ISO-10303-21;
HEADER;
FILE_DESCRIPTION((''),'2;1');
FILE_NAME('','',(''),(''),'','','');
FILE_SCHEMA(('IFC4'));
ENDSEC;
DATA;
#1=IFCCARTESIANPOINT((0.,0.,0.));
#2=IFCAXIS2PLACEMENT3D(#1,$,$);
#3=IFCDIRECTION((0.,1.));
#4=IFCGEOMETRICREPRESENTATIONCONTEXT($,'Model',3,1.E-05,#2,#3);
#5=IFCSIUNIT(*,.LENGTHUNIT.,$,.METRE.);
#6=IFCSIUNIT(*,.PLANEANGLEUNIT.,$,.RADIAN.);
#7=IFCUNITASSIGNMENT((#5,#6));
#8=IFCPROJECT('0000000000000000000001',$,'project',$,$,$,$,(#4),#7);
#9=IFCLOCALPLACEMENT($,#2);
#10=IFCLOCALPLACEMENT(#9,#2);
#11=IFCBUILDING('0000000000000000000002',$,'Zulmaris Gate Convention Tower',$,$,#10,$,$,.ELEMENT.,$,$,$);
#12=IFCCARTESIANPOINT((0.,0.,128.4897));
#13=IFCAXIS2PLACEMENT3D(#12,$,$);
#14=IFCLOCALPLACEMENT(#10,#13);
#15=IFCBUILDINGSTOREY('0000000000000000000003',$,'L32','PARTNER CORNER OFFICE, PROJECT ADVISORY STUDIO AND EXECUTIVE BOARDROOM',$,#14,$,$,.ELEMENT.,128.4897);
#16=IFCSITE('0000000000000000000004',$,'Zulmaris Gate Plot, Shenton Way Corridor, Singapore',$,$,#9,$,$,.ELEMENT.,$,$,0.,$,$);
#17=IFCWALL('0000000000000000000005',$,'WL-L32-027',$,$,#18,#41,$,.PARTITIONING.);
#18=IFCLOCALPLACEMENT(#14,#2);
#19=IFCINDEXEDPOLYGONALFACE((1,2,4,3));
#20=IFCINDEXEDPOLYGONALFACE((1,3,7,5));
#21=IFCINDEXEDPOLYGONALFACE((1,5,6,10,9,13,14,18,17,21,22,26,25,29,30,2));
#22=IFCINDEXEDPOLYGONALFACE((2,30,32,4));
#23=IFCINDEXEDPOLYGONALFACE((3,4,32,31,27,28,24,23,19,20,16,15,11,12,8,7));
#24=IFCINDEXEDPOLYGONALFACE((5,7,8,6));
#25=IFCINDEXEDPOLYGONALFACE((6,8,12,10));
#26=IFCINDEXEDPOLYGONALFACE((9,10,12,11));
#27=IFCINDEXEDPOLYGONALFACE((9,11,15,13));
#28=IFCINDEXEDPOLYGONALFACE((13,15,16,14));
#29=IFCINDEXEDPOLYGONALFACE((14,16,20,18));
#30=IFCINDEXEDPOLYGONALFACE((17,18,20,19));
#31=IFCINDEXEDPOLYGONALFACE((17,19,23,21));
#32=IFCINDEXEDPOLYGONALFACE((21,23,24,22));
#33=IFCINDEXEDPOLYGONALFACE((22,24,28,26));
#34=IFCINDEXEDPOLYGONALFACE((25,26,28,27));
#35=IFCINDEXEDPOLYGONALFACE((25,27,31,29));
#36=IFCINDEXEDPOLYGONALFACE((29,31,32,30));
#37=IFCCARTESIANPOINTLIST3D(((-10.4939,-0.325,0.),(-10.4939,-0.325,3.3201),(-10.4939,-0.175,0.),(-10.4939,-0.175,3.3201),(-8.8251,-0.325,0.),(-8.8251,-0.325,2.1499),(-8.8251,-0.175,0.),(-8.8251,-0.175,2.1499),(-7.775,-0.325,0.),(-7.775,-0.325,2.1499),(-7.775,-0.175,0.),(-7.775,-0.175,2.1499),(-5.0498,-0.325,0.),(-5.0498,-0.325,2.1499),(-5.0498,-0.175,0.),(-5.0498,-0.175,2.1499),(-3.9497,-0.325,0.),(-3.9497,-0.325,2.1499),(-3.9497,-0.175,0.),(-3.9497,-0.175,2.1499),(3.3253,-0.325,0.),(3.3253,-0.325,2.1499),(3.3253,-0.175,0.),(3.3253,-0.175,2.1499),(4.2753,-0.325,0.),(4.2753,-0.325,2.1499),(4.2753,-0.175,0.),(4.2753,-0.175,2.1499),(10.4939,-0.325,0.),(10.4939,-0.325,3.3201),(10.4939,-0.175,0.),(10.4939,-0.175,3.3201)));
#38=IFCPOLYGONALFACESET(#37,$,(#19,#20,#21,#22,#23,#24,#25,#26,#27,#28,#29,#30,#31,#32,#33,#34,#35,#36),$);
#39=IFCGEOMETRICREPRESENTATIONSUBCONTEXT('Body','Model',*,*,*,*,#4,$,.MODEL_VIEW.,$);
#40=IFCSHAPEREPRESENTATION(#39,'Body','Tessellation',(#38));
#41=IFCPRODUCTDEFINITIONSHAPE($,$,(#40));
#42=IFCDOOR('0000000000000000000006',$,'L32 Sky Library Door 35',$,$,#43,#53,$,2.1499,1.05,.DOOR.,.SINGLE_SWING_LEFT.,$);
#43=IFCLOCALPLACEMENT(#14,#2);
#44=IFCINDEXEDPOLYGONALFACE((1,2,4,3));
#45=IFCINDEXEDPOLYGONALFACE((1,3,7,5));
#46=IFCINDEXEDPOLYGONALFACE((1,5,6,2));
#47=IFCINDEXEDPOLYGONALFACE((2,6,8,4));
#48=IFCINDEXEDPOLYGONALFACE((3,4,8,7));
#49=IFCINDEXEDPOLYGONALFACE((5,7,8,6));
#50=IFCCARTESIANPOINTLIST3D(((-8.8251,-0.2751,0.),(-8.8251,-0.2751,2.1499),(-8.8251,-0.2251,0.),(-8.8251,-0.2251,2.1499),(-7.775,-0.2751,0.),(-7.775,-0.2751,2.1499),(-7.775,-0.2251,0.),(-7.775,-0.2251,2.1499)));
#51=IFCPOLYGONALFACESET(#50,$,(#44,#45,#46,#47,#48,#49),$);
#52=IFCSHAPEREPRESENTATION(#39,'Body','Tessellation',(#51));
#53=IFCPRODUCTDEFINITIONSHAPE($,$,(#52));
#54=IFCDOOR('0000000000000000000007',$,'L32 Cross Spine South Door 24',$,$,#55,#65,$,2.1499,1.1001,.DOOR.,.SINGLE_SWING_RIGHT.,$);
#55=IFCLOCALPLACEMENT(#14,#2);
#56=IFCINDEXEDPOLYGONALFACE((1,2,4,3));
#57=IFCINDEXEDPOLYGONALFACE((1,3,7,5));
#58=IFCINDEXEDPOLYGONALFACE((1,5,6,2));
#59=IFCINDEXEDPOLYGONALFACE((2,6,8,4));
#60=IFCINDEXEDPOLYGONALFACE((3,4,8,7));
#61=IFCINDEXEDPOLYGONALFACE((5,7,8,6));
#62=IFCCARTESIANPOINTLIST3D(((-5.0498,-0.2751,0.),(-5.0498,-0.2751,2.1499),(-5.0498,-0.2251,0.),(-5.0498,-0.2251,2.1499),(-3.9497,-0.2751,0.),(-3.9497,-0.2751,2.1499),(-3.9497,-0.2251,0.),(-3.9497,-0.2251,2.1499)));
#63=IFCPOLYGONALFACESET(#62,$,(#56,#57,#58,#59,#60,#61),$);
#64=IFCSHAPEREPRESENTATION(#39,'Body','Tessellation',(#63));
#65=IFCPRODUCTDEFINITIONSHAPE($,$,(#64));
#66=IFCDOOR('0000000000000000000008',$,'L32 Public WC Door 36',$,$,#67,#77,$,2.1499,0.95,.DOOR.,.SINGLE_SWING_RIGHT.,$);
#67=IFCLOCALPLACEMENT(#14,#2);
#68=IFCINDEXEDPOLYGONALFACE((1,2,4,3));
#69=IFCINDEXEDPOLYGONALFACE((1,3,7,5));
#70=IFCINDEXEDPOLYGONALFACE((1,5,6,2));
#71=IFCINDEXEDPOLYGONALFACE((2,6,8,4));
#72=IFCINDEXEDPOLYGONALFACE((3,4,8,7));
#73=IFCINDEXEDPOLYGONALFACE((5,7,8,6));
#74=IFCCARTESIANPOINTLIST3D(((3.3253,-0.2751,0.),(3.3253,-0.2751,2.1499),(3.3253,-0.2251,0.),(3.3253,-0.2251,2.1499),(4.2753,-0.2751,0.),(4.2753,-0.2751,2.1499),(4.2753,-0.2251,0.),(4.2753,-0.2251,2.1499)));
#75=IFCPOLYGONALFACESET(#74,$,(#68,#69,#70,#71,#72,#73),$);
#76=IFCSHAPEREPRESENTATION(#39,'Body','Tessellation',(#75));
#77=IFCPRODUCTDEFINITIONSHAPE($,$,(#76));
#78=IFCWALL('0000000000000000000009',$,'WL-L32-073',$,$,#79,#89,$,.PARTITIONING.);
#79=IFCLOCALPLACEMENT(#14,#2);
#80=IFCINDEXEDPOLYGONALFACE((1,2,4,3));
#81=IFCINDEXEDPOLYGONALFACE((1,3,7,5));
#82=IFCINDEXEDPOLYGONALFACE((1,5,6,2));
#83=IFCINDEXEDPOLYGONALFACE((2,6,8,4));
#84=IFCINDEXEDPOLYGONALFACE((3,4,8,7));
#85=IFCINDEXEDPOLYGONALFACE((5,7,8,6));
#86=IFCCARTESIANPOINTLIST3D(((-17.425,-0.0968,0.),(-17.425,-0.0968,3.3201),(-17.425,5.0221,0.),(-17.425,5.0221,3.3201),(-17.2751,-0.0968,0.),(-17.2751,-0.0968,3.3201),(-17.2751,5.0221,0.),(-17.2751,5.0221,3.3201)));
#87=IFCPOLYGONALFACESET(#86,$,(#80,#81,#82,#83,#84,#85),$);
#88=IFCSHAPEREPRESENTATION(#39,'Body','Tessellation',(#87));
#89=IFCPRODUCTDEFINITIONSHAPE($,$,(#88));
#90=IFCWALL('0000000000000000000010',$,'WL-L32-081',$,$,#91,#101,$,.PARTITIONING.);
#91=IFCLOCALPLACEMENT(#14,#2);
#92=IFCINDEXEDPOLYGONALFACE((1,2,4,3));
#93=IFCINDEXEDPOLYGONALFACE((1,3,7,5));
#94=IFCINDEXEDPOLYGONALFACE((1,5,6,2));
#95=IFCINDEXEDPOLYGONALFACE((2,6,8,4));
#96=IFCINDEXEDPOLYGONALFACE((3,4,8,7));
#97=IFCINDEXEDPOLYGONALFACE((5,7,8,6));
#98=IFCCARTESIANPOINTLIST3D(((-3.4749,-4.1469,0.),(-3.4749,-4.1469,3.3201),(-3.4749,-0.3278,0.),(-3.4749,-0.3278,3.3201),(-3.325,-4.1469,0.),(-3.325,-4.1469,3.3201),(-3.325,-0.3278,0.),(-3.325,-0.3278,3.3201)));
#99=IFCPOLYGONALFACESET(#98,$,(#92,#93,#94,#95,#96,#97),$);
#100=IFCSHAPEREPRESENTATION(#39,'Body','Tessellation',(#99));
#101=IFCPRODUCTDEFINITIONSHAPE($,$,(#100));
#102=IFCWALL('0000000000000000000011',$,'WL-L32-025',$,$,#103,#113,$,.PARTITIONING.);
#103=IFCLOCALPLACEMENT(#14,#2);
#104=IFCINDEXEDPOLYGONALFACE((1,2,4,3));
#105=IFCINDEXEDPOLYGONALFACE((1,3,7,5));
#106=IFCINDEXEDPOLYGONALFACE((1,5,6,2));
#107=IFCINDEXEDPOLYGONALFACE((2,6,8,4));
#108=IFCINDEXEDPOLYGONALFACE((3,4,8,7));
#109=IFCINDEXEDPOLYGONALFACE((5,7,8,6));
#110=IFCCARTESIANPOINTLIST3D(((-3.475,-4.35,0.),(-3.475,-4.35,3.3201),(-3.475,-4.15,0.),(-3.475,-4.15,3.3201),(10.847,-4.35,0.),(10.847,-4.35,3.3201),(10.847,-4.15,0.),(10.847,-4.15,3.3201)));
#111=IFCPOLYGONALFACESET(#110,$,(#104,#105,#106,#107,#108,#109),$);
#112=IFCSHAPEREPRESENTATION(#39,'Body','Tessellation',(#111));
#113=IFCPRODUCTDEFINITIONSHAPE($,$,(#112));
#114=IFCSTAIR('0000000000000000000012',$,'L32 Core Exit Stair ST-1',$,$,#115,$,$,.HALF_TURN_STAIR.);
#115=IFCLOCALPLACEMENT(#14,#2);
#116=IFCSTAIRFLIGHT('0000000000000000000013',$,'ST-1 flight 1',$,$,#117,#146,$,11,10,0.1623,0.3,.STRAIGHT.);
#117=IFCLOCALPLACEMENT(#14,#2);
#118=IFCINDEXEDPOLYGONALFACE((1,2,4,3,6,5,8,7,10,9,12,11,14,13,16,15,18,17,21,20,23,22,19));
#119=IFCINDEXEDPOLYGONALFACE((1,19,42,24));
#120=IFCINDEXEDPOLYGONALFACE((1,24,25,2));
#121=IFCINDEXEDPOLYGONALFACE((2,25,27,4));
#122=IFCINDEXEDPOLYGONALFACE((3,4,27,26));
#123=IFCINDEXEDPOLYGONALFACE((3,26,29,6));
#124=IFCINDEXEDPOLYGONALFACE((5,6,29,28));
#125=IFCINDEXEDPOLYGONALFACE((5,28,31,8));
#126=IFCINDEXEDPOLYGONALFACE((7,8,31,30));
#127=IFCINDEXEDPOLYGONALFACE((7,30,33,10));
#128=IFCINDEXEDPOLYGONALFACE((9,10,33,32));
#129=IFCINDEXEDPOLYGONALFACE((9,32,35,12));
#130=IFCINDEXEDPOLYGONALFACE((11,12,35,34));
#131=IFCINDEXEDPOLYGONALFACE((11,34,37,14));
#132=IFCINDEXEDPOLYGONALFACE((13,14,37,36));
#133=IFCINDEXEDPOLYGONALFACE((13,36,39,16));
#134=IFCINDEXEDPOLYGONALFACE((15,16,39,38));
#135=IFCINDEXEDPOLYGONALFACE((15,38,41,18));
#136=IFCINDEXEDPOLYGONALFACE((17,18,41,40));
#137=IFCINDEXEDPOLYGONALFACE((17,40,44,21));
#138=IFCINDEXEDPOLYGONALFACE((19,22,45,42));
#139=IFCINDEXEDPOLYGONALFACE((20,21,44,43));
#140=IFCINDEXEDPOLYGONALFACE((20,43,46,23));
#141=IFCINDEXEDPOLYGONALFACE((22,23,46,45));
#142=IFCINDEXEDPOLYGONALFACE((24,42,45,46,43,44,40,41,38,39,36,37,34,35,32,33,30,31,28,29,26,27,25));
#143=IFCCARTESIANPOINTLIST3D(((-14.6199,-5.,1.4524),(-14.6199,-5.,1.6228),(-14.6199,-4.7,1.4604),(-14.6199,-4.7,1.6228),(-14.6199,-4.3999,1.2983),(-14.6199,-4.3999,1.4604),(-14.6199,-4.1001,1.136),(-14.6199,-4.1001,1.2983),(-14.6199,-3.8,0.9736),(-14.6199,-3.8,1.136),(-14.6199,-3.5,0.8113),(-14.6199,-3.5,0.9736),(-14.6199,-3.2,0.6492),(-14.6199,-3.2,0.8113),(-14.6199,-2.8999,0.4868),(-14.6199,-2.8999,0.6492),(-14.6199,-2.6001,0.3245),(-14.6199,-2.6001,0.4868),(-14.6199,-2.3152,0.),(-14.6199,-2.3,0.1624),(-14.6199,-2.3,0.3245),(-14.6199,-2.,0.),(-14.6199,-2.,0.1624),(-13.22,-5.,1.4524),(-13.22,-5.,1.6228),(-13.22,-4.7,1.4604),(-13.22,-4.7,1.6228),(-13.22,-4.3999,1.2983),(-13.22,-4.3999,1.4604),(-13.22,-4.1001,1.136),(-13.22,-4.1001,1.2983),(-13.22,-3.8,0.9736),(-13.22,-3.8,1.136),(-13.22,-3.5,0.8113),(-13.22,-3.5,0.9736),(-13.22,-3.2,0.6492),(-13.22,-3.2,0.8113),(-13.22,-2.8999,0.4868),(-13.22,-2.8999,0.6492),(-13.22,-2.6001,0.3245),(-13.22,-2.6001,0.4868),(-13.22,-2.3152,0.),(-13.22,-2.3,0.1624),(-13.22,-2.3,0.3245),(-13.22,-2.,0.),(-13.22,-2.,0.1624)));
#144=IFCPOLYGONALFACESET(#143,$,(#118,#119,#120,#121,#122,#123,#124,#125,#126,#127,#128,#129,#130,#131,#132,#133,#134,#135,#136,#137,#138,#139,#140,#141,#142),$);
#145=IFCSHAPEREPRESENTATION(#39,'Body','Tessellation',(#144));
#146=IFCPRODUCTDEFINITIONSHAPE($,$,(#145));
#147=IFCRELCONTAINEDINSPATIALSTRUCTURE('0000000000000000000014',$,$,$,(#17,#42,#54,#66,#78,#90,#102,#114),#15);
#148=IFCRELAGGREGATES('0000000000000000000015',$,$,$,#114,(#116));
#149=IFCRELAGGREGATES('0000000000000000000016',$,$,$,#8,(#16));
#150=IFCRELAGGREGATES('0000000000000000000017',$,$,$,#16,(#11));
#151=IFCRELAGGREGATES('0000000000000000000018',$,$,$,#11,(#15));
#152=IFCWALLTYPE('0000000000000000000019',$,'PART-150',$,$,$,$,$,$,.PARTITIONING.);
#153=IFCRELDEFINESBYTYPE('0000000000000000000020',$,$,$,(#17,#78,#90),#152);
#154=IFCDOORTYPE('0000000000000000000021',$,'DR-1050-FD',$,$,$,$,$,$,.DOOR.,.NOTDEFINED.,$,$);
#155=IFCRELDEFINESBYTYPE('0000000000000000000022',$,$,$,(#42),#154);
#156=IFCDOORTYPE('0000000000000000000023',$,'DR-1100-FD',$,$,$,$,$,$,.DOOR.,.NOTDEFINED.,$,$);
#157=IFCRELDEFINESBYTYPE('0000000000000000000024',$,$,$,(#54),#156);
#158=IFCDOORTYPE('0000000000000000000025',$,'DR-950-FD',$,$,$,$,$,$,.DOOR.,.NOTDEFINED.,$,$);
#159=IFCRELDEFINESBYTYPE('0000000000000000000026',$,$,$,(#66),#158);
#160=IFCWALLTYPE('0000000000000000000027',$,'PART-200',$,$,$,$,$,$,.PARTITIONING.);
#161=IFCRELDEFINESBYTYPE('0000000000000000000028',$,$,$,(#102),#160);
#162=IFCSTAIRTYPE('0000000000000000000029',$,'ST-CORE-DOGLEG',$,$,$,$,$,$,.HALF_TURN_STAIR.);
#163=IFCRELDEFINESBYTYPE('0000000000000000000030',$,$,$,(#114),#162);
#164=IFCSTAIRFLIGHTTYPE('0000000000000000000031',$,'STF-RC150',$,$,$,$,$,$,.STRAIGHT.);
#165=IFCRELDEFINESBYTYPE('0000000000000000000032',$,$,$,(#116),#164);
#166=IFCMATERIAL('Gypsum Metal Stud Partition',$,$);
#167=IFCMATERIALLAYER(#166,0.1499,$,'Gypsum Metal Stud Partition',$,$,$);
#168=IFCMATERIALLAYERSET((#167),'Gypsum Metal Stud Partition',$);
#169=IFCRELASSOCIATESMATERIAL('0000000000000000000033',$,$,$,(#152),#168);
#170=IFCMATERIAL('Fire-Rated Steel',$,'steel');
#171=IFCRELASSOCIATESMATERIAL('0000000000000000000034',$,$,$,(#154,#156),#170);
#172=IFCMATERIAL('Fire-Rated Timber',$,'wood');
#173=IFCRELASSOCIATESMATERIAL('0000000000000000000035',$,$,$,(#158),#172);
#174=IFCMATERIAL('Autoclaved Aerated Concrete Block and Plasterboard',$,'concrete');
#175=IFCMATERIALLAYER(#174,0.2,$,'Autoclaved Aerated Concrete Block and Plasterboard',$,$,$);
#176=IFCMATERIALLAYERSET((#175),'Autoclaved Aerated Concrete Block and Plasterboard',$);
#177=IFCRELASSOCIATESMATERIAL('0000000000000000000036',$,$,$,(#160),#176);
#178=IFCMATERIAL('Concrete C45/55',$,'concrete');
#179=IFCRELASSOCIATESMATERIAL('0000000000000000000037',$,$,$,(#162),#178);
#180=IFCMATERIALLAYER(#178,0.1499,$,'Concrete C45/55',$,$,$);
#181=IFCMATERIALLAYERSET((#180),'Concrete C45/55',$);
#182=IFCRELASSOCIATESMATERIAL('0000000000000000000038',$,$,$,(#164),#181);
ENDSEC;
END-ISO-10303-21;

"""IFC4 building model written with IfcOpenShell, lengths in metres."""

from ifc_helpers import new_model, si_unit, direction, frame, frame_2d, origin, place, context, subcontext, project, spatial, polyline, rectangle, outline, extrude, material, layer, layer_set, type_object, element, fill, aggregate, save


model = new_model("IFC4")

# Units and contexts
model_context = context("Model", 3, precision=1e-05, world=origin(), true_north=direction((0.0, 1.0)))
body_context = subcontext(model_context, "Body", "Model", "MODEL_VIEW")
ifc_project = project(units=[si_unit("LENGTHUNIT", "METRE"), si_unit("PLANEANGLEUNIT", "RADIAN")], contexts=[model_context])

# Site, building, storey
site_placement = place(None, origin())
site = spatial("IfcSite", under=ifc_project, at=site_placement, Name="Zulmaris Gate Plot, Shenton Way Corridor, Singapore", CompositionType="ELEMENT", RefElevation=0.0)
building_placement = place(site_placement, origin())
building = spatial("IfcBuilding", under=site, at=building_placement, Name="Zulmaris Gate Convention Tower", CompositionType="ELEMENT")
storey_placement = place(building_placement, frame((0.0, 0.0, 128.4897)))
storey = spatial("IfcBuildingStorey", under=building, at=storey_placement, Name="L32", Description="PARTNER CORNER OFFICE, PROJECT ADVISORY STUDIO AND EXECUTIVE BOARDROOM", CompositionType="ELEMENT", Elevation=128.4897)

# Wall, openings, doors
ifc_material_1 = material(Name="Gypsum Metal Stud Partition")
ifc_layer_1 = layer(ifc_material_1, 0.1499, Name="Gypsum Metal Stud Partition")
ifc_layer_set_1 = layer_set([ifc_layer_1], Name="Gypsum Metal Stud Partition")
wall_type_1 = type_object("IfcWallType", Name="PART-150", PredefinedType="PARTITIONING", material=ifc_layer_set_1)
wall_1_placement = place(storey_placement, frame((-10.4939, -0.25, 0.0), z_axis=(0.0, 0.0, 1.0), x_axis=(1.0, 0.0, 0.0)))
wall_1 = element("IfcWall", 1, at=wall_1_placement, inside=storey, type_object=wall_type_1, Name="WL-L32-027", PredefinedType="PARTITIONING", context=body_context, shape_type="SweptSolid", body=[
    extrude(rectangle(XDim=20.9878, YDim=0.1499, at=frame_2d((10.4939, 0.0))), origin(), (0.0, 0.0, 1.0), 3.3201),
])
opening_1_placement = place(wall_1_placement, frame((5.4441, 0.0, 0.0)))
opening_1 = element("IfcOpeningElement", 2, at=opening_1_placement, cuts=wall_1, PredefinedType="OPENING", context=body_context, shape_type="SweptSolid", body=[
    extrude(rectangle(XDim=1.1001, YDim=2.1499, at=frame_2d((0.55, 1.075))), frame((0.0, 0.085, 0.0), z_axis=(0.0, -1.0, 0.0), x_axis=(1.0, 0.0, 0.0)), (0.0, 0.0, 1.0), 0.1699),
])
opening_2_placement = place(wall_1_placement, frame((1.6689, 0.0, 0.0)))
opening_2 = element("IfcOpeningElement", 3, at=opening_2_placement, cuts=wall_1, PredefinedType="OPENING", context=body_context, shape_type="SweptSolid", body=[
    extrude(rectangle(XDim=1.05, YDim=2.1499, at=frame_2d((0.5249, 1.075))), frame((0.0, 0.085, 0.0), z_axis=(0.0, -1.0, 0.0), x_axis=(1.0, 0.0, 0.0)), (0.0, 0.0, 1.0), 0.1699),
])
opening_3_placement = place(wall_1_placement, frame((13.8191, 0.0, 0.0)))
opening_3 = element("IfcOpeningElement", 4, at=opening_3_placement, cuts=wall_1, PredefinedType="OPENING", context=body_context, shape_type="SweptSolid", body=[
    extrude(rectangle(XDim=0.95, YDim=2.1499, at=frame_2d((0.4751, 1.075))), frame((0.0, 0.085, 0.0), z_axis=(0.0, -1.0, 0.0), x_axis=(1.0, 0.0, 0.0)), (0.0, 0.0, 1.0), 0.1699),
])
ifc_material_2 = material(Name="Fire-Rated Steel", Category="steel")
door_type_1 = type_object("IfcDoorType", Name="DR-1050-FD", OperationType="NOTDEFINED", PredefinedType="DOOR", material=ifc_material_2)
door_1_placement = place(opening_2_placement, origin())
door_1 = element("IfcDoor", 5, at=door_1_placement, inside=storey, type_object=door_type_1, Name="L32 Sky Library Door 35", OperationType="SINGLE_SWING_LEFT", OverallHeight=2.1499, OverallWidth=1.05, PredefinedType="DOOR", context=body_context, shape_type="SweptSolid", body=[
    extrude(rectangle(XDim=1.05, YDim=2.1499, at=frame_2d((0.5249, 1.075))), frame((0.0, 0.0249, 0.0), z_axis=(0.0, -1.0, 0.0), x_axis=(1.0, 0.0, 0.0)), (0.0, 0.0, 1.0), 0.05),
])
fill(opening_2, door_1)
door_type_2 = type_object("IfcDoorType", Name="DR-1100-FD", OperationType="NOTDEFINED", PredefinedType="DOOR", material=ifc_material_2)
door_2_placement = place(opening_1_placement, origin())
door_2 = element("IfcDoor", 6, at=door_2_placement, inside=storey, type_object=door_type_2, Name="L32 Cross Spine South Door 24", OperationType="SINGLE_SWING_RIGHT", OverallHeight=2.1499, OverallWidth=1.1001, PredefinedType="DOOR", context=body_context, shape_type="SweptSolid", body=[
    extrude(rectangle(XDim=1.1001, YDim=2.1499, at=frame_2d((0.55, 1.075))), frame((0.0, 0.0249, 0.0), z_axis=(0.0, -1.0, 0.0), x_axis=(1.0, 0.0, 0.0)), (0.0, 0.0, 1.0), 0.05),
])
fill(opening_1, door_2)
ifc_material_3 = material(Name="Fire-Rated Timber", Category="wood")
door_type_3 = type_object("IfcDoorType", Name="DR-950-FD", OperationType="NOTDEFINED", PredefinedType="DOOR", material=ifc_material_3)
door_3_placement = place(opening_3_placement, origin())
door_3 = element("IfcDoor", 7, at=door_3_placement, inside=storey, type_object=door_type_3, Name="L32 Public WC Door 36", OperationType="SINGLE_SWING_RIGHT", OverallHeight=2.1499, OverallWidth=0.95, PredefinedType="DOOR", context=body_context, shape_type="SweptSolid", body=[
    extrude(rectangle(XDim=0.95, YDim=2.1499, at=frame_2d((0.4751, 1.075))), frame((0.0, 0.0249, 0.0), z_axis=(0.0, -1.0, 0.0), x_axis=(1.0, 0.0, 0.0)), (0.0, 0.0, 1.0), 0.05),
])
fill(opening_3, door_3)

# Walls
wall_2_placement = place(storey_placement, frame((-17.3501, -0.0969, 0.0), z_axis=(0.0, 0.0, 1.0), x_axis=(0.0, 1.0, 0.0)))
element("IfcWall", 8, at=wall_2_placement, inside=storey, type_object=wall_type_1, Name="WL-L32-073", PredefinedType="PARTITIONING", context=body_context, shape_type="SweptSolid", body=[
    extrude(rectangle(XDim=5.1189, YDim=0.1499, at=frame_2d((2.5596, 0.0))), origin(), (0.0, 0.0, 1.0), 3.3201),
])
wall_3_placement = place(storey_placement, frame((-3.3999, -4.147, 0.0), z_axis=(0.0, 0.0, 1.0), x_axis=(0.0, 1.0, 0.0)))
element("IfcWall", 9, at=wall_3_placement, inside=storey, type_object=wall_type_1, Name="WL-L32-081", PredefinedType="PARTITIONING", context=body_context, shape_type="SweptSolid", body=[
    extrude(rectangle(XDim=3.8191, YDim=0.1499, at=frame_2d((1.9097, 0.0))), origin(), (0.0, 0.0, 1.0), 3.3201),
])
ifc_material_4 = material(Name="Autoclaved Aerated Concrete Block and Plasterboard", Category="concrete")
ifc_layer_2 = layer(ifc_material_4, 0.2, Name="Autoclaved Aerated Concrete Block and Plasterboard")
ifc_layer_set_2 = layer_set([ifc_layer_2], Name="Autoclaved Aerated Concrete Block and Plasterboard")
wall_type_2 = type_object("IfcWallType", Name="PART-200", PredefinedType="PARTITIONING", material=ifc_layer_set_2)
wall_4_placement = place(storey_placement, frame((-3.4751, -4.25, 0.0), z_axis=(0.0, 0.0, 1.0), x_axis=(1.0, 0.0, 0.0)))
element("IfcWall", 10, at=wall_4_placement, inside=storey, type_object=wall_type_2, Name="WL-L32-025", PredefinedType="PARTITIONING", context=body_context, shape_type="SweptSolid", body=[
    extrude(rectangle(XDim=14.322, YDim=0.2, at=frame_2d((7.1611, 0.0))), origin(), (0.0, 0.0, 1.0), 3.3201),
])

# Stair, stair flight
ifc_material_5 = material(Name="Concrete C45/55", Category="concrete")
stair_type = type_object("IfcStairType", Name="ST-CORE-DOGLEG", PredefinedType="HALF_TURN_STAIR", material=ifc_material_5)
stair_1_placement = place(storey_placement, origin())
stair_1 = element("IfcStair", 11, at=stair_1_placement, inside=storey, type_object=stair_type, Name="L32 Core Exit Stair ST-1", PredefinedType="HALF_TURN_STAIR")
ifc_layer_3 = layer(ifc_material_5, 0.1499, Name="Concrete C45/55")
ifc_layer_set_3 = layer_set([ifc_layer_3], Name="Concrete C45/55")
stair_flight_type = type_object("IfcStairFlightType", Name="STF-RC150", PredefinedType="STRAIGHT", material=ifc_layer_set_3)
stair_flight_1_placement = place(storey_placement, frame((-13.9199, -2.0, 0.0), z_axis=(0.0, 0.0, 1.0), x_axis=(0.0, -1.0, 0.0)))
stair_flight_1 = element("IfcStairFlight", 12, at=stair_flight_1_placement, type_object=stair_flight_type, Name="ST-1 flight 1", NumberOfRisers=11, NumberOfTreads=10, PredefinedType="STRAIGHT", RiserHeight=0.1623, TreadLength=0.3, context=body_context, shape_type="SweptSolid", body=[
    extrude(outline(polyline([(0.0, 0.0), (0.0, 0.1624), (0.3, 0.1624), (0.3, 0.3245), (0.6001, 0.3245), (0.6001, 0.4868), (0.8999, 0.4868), (0.8999, 0.6492), (1.2, 0.6492), (1.2, 0.8113), (1.5, 0.8113), (1.5, 0.9736), (1.8, 0.9736), (1.8, 1.136), (2.1001, 1.136), (2.1001, 1.2983), (2.3999, 1.2983), (2.3999, 1.4604), (2.7, 1.4604), (2.7, 1.6228), (3.0, 1.6228), (3.0, 1.7852), (3.0, 1.4524), (0.3152, 0.0), (0.0, 0.0)])), frame((0.0, 0.7, 0.0), z_axis=(0.0, -1.0, 0.0), x_axis=(1.0, 0.0, 0.0)), (0.0, 0.0, 1.0), 1.3999),
])
aggregate(stair_1, [stair_flight_1])

save(model, "model.ifc")
